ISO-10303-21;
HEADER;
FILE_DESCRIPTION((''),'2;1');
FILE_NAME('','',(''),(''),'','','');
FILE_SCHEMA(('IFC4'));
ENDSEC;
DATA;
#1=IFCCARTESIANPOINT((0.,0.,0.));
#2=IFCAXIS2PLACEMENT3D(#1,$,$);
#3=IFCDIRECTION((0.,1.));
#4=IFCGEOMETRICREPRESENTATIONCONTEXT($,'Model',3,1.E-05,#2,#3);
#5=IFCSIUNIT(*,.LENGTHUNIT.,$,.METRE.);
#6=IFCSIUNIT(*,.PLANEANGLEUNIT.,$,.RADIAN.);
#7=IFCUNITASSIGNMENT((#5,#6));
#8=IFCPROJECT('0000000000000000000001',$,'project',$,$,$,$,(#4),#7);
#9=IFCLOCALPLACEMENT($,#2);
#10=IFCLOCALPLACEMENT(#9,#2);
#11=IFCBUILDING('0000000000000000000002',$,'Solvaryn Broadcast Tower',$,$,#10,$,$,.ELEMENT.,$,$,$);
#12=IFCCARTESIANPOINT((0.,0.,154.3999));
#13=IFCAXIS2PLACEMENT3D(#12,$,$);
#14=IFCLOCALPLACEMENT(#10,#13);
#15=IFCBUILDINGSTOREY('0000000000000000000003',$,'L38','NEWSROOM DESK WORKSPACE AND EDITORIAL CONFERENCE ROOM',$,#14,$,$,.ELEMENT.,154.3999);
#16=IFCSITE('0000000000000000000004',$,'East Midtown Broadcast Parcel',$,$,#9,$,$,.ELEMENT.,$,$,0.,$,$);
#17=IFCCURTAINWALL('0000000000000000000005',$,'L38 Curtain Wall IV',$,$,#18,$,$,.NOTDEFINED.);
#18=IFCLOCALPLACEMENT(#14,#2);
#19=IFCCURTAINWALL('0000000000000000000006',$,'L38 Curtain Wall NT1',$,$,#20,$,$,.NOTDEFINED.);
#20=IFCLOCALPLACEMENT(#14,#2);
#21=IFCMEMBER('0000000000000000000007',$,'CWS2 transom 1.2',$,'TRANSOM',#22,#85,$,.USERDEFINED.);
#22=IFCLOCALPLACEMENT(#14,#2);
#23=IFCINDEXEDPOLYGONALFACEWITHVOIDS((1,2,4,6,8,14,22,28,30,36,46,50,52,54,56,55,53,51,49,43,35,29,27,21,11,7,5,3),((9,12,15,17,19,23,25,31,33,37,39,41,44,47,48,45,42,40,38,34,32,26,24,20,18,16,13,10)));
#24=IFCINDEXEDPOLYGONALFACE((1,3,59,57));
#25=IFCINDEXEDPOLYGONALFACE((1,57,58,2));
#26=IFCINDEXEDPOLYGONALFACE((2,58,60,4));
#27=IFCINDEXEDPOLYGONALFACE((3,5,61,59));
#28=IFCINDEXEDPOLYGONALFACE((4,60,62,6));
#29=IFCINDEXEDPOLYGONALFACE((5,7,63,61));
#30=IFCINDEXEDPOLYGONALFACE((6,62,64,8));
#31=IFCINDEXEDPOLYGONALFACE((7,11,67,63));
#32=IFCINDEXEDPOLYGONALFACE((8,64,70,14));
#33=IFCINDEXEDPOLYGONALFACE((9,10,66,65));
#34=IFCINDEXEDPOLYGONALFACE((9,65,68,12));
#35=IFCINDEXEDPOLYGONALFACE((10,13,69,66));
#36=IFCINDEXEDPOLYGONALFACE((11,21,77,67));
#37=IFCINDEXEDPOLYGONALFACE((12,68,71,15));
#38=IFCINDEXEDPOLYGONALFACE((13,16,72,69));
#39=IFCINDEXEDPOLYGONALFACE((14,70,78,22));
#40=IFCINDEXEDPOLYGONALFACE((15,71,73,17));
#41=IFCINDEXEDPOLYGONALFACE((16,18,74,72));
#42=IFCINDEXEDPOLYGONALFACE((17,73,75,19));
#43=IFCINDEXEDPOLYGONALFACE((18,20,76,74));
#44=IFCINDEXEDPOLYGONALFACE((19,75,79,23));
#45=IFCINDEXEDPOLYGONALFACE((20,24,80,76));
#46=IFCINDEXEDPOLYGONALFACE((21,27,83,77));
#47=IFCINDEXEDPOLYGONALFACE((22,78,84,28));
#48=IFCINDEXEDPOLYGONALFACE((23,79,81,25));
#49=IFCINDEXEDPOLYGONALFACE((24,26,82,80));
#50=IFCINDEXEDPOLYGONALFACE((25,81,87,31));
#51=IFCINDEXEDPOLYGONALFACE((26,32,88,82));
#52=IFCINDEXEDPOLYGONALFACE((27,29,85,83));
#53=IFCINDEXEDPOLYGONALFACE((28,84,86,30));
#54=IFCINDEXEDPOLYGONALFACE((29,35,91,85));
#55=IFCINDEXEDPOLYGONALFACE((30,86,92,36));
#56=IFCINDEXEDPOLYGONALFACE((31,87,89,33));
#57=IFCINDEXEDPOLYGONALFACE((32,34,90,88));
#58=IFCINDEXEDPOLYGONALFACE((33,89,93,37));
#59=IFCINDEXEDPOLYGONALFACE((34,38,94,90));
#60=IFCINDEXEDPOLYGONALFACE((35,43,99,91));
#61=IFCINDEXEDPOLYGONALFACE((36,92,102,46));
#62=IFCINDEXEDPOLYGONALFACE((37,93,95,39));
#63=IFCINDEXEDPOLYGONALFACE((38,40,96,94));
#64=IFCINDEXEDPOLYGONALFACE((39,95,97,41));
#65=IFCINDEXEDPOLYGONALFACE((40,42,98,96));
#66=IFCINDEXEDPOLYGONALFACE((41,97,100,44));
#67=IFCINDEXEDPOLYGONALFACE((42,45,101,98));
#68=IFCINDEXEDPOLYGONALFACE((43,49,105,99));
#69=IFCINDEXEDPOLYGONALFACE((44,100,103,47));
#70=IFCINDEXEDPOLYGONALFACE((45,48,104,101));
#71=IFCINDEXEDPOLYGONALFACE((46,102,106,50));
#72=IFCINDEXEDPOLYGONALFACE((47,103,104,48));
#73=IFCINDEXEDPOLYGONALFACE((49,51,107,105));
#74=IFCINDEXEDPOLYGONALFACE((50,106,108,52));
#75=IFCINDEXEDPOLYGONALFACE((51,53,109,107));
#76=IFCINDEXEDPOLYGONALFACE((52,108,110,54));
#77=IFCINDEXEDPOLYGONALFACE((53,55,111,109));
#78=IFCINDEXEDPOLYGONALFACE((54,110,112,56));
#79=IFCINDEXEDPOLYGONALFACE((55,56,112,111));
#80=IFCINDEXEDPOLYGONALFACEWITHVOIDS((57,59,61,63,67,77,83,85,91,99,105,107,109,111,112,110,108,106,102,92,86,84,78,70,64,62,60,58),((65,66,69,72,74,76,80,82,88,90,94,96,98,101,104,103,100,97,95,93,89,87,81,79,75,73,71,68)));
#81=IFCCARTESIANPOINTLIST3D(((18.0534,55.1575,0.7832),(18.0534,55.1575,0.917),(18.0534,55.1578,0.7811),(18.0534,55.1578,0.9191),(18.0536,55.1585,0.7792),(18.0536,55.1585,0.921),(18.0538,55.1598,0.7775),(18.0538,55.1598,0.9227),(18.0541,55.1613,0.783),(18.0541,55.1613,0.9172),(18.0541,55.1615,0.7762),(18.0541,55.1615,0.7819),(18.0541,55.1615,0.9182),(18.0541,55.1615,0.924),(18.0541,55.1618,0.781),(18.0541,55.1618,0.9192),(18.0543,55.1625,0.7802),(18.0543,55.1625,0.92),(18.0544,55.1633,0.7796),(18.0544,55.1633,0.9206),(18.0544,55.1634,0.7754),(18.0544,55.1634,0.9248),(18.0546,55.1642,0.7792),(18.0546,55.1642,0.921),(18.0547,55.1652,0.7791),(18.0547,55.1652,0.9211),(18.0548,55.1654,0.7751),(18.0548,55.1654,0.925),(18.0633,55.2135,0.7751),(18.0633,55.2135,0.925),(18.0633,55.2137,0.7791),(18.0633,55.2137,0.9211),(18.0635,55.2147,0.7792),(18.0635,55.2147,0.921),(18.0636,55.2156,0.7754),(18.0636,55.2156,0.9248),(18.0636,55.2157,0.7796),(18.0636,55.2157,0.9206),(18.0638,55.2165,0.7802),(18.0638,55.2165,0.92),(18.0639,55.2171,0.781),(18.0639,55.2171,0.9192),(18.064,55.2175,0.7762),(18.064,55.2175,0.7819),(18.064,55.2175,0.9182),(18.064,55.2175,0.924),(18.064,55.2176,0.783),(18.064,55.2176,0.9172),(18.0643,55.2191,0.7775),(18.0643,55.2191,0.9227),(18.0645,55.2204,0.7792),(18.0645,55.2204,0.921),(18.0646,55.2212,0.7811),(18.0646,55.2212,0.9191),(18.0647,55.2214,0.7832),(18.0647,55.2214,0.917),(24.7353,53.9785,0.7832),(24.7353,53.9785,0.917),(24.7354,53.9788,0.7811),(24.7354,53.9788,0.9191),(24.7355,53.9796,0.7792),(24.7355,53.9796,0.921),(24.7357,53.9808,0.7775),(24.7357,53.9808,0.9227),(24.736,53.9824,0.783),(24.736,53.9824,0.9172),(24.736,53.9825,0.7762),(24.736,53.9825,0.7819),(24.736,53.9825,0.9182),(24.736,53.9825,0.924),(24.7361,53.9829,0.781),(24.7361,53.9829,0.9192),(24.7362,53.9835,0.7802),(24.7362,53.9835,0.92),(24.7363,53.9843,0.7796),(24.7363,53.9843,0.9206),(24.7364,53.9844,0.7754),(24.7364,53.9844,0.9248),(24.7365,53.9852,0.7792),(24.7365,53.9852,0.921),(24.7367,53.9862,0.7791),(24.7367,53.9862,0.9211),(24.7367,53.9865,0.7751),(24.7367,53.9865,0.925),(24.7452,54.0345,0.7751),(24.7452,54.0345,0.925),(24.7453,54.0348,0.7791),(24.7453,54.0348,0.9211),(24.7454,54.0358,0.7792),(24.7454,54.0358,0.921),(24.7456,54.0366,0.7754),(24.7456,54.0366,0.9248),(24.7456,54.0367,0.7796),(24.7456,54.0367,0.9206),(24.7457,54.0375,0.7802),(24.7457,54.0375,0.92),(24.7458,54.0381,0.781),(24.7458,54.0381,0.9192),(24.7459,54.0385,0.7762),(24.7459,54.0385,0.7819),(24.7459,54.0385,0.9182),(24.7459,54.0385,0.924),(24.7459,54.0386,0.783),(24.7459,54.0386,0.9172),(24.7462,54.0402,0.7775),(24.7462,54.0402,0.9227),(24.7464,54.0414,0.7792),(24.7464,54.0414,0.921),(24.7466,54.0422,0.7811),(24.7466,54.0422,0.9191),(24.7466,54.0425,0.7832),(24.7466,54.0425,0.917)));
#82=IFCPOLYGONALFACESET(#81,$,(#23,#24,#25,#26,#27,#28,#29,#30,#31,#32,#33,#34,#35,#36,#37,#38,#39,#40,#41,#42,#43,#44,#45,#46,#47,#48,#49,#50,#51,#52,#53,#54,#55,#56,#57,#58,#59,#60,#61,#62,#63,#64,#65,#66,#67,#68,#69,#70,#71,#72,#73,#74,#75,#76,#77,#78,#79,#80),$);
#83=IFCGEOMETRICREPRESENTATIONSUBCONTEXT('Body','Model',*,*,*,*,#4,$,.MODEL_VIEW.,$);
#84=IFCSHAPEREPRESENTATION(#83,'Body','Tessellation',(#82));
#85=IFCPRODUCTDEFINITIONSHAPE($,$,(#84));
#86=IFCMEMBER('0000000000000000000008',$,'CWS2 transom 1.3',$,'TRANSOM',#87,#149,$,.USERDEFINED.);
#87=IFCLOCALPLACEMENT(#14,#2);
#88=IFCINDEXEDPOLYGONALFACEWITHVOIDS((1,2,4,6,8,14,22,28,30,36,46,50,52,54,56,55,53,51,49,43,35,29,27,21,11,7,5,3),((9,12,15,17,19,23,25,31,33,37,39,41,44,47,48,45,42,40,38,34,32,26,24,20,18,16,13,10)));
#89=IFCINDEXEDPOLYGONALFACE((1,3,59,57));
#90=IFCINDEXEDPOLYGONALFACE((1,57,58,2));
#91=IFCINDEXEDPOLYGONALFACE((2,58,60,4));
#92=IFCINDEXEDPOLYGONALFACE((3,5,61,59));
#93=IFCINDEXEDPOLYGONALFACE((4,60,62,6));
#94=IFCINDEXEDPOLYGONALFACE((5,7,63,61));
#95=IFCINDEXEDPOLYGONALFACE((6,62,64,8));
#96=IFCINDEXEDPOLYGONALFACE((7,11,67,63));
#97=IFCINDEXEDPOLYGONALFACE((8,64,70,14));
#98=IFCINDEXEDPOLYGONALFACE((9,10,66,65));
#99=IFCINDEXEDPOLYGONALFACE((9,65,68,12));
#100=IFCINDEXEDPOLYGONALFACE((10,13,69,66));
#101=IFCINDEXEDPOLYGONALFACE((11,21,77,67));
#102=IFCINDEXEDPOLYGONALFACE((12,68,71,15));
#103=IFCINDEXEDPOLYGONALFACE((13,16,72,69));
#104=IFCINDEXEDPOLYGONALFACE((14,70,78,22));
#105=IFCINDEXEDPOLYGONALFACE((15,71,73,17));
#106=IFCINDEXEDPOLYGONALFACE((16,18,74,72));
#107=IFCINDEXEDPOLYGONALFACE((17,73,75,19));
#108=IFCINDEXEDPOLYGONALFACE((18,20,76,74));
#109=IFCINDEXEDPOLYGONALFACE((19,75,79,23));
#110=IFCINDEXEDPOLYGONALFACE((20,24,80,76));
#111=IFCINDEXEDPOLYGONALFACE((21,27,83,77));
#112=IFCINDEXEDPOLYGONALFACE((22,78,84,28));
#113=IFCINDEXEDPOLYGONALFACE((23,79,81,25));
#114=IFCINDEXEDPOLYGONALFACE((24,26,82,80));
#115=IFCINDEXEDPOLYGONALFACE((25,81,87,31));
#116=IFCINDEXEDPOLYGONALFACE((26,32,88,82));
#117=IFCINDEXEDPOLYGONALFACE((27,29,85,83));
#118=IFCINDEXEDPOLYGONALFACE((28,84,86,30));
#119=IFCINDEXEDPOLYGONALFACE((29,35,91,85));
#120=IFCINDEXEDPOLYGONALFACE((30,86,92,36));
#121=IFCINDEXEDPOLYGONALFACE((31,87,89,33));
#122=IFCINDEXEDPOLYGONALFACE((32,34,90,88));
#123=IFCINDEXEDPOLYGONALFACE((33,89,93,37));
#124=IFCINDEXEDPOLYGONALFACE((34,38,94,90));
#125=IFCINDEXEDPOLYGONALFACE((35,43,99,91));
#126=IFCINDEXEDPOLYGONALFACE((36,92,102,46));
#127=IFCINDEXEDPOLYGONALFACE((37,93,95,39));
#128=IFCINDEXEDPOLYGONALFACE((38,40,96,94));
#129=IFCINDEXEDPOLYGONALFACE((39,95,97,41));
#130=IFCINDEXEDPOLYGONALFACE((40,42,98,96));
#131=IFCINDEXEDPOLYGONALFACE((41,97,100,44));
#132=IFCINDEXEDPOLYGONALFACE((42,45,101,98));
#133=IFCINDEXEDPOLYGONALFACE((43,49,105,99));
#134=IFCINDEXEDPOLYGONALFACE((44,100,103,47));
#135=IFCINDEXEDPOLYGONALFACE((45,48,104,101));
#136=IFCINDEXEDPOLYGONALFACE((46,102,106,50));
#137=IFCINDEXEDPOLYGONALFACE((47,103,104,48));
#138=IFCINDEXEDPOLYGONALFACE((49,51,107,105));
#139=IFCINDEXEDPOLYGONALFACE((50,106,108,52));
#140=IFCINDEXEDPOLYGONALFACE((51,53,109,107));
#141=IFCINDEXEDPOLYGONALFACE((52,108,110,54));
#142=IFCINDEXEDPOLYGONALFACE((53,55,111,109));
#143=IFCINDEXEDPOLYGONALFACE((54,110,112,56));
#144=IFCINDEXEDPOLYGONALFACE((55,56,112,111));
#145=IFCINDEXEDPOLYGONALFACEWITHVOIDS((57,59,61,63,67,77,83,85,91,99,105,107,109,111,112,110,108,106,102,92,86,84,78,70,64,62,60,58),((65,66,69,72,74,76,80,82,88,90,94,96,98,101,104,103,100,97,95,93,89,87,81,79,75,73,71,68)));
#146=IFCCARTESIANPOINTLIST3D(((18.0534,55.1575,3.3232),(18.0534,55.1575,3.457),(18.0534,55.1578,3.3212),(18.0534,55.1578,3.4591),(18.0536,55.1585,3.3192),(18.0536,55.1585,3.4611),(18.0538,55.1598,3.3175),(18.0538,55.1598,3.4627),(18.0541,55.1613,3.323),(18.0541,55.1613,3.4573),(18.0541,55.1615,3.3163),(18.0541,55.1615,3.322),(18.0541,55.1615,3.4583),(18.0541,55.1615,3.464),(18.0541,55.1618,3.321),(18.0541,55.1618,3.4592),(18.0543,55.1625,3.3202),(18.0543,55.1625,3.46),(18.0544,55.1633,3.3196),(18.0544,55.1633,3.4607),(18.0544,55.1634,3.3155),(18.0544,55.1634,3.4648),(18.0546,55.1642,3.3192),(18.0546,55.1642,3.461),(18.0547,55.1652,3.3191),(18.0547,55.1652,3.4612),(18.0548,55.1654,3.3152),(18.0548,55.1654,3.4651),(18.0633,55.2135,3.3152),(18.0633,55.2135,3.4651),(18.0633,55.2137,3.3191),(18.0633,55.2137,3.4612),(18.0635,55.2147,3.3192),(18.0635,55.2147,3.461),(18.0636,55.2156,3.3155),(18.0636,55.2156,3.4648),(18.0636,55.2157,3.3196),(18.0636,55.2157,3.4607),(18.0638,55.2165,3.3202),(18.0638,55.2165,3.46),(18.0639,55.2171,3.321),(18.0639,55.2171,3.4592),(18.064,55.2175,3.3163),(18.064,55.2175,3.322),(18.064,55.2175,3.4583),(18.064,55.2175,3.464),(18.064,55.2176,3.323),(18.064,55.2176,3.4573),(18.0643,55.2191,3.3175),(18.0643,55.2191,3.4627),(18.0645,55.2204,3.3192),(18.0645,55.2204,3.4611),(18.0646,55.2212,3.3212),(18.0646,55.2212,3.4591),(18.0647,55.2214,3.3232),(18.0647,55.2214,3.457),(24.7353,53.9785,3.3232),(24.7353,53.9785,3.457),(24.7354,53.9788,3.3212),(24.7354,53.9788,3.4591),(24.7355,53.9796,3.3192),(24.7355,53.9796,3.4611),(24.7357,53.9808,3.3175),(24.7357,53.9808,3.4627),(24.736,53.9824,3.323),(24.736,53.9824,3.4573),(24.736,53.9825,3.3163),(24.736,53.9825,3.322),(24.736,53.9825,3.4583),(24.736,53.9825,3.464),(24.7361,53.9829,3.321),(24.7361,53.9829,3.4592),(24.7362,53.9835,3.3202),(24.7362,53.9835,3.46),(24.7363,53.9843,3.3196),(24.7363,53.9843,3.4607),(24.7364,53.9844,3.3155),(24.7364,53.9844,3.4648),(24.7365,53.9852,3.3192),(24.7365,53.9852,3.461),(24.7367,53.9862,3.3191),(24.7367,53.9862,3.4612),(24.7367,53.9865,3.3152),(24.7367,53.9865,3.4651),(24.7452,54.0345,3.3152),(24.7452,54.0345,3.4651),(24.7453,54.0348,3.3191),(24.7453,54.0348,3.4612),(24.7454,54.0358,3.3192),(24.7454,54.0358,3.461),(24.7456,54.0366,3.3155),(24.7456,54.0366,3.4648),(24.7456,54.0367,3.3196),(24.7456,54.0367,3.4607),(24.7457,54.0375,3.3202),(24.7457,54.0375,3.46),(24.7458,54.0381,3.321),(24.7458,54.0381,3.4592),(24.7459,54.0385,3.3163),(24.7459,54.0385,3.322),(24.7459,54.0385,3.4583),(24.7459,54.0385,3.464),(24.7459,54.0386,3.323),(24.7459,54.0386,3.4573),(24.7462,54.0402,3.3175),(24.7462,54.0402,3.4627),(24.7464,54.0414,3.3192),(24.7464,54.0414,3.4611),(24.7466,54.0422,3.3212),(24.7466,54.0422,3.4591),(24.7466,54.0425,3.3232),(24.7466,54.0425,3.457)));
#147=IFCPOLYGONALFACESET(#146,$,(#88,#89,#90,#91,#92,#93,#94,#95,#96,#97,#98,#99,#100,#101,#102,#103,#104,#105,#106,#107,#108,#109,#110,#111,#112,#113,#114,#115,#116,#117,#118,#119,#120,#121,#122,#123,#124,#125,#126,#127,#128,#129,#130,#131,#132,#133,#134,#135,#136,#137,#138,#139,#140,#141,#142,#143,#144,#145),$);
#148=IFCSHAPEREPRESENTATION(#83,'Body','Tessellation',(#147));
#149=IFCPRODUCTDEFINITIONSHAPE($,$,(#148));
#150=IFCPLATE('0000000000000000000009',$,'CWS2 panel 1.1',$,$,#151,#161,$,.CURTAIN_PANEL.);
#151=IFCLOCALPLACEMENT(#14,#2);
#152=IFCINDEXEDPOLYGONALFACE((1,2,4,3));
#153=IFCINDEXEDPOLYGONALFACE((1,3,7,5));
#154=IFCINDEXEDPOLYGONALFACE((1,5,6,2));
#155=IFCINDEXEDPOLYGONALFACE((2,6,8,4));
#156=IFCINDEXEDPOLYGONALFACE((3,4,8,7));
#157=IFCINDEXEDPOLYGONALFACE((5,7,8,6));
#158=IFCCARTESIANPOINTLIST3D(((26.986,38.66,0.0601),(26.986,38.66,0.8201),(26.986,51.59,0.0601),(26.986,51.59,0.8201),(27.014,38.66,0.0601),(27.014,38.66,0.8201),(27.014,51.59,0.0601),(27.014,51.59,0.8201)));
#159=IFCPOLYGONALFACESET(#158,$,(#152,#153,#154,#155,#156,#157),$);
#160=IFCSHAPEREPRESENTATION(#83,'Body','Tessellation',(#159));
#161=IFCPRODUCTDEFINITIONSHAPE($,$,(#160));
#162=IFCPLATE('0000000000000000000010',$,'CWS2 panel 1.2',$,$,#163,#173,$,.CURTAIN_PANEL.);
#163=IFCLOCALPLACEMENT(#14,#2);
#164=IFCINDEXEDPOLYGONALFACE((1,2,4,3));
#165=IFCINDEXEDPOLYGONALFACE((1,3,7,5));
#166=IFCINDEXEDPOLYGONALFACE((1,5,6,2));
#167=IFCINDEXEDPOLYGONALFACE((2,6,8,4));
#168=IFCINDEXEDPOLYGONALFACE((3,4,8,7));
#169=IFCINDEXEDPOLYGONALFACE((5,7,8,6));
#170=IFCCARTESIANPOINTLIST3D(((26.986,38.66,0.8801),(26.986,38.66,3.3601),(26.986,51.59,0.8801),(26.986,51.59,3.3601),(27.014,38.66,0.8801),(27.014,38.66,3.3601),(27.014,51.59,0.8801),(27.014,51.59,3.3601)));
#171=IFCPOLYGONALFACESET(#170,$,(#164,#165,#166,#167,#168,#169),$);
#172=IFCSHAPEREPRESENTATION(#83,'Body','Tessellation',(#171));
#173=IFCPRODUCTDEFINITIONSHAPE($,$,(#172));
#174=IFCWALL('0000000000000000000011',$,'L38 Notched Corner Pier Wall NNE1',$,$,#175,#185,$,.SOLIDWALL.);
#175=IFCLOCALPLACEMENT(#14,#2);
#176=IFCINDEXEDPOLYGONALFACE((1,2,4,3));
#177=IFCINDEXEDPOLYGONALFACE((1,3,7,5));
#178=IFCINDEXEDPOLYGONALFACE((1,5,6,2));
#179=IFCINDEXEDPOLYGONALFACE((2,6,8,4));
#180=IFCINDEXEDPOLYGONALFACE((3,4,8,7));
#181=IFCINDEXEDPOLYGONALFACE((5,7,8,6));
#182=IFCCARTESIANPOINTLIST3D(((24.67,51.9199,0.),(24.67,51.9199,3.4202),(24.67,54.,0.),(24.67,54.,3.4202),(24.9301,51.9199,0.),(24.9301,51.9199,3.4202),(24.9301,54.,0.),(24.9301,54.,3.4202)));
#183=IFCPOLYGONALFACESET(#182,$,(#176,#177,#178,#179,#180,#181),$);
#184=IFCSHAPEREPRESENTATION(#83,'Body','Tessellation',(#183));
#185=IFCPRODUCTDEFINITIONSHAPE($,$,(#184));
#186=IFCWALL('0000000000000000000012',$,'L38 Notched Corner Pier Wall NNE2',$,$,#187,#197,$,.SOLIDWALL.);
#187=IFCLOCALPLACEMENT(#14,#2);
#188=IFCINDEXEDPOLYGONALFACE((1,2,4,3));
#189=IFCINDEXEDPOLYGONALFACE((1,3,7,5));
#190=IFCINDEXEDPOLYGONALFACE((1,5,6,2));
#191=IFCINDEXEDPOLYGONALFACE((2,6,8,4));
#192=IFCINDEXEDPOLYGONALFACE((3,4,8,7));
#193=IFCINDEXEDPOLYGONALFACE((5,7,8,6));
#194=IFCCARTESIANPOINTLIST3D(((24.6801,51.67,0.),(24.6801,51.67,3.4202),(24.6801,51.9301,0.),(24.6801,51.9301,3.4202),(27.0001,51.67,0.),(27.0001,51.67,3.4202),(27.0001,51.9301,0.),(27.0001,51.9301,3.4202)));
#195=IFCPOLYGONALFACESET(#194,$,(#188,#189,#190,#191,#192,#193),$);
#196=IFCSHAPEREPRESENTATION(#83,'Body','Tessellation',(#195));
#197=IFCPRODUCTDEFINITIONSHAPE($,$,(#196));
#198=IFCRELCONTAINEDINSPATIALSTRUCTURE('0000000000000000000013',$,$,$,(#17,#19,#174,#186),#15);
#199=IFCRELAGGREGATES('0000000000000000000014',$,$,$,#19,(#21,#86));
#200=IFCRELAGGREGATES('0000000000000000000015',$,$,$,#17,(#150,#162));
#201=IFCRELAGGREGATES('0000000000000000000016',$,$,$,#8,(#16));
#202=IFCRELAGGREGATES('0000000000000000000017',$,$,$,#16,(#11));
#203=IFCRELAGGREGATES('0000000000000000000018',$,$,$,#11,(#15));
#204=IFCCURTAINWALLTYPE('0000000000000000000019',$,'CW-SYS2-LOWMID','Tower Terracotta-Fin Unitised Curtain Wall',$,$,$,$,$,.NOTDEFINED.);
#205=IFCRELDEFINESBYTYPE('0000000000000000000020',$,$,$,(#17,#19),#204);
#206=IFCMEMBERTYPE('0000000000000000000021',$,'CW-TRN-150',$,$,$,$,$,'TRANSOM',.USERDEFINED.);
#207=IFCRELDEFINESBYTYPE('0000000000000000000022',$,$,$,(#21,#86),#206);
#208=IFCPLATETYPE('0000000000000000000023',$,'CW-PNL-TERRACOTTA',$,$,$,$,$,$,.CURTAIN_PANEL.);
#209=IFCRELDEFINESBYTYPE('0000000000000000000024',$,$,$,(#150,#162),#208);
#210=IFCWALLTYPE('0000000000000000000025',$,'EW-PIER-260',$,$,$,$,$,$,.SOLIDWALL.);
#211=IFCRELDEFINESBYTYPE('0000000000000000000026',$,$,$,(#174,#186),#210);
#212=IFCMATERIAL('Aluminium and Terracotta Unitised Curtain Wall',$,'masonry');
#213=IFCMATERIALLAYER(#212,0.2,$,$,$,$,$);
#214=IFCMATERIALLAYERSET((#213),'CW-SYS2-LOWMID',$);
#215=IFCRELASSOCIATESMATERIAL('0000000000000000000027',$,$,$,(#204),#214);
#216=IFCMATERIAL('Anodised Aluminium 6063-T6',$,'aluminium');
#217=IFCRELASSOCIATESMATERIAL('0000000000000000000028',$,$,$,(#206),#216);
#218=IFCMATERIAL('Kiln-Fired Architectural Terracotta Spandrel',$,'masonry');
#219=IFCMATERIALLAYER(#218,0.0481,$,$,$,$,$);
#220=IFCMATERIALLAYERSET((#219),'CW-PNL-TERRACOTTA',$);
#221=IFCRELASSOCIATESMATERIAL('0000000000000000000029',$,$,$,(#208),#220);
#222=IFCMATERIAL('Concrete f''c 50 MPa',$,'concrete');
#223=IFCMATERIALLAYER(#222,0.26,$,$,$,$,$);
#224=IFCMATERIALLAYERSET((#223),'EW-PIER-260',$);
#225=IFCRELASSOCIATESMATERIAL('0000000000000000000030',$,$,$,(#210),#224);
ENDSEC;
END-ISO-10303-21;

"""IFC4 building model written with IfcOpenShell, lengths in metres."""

from ifc_helpers import new_model, si_unit, direction, frame, frame_2d, origin, origin_2d, place, context, subcontext, project, spatial, rectangle, hollow_rectangle, extrude, material, layer, layer_set, material_profile, profile_set, type_object, element, aggregate, save


model = new_model("IFC4")

# Units and contexts
model_context = context("Model", 3, precision=1e-05, world=origin(), true_north=direction((0.0, 1.0)))
body_context = subcontext(model_context, "Body", "Model", "MODEL_VIEW")
ifc_project = project(units=[si_unit("LENGTHUNIT", "METRE"), si_unit("PLANEANGLEUNIT", "RADIAN")], contexts=[model_context])

# Site, building, storey
site_placement = place(None, origin())
site = spatial("IfcSite", under=ifc_project, at=site_placement, Name="East Midtown Broadcast Parcel", CompositionType="ELEMENT", RefElevation=0.0)
building_placement = place(site_placement, origin())
building = spatial("IfcBuilding", under=site, at=building_placement, Name="Solvaryn Broadcast Tower", CompositionType="ELEMENT")
storey_placement = place(building_placement, frame((0.0, 0.0, 154.3999)))
storey = spatial("IfcBuildingStorey", under=building, at=storey_placement, Name="L38", Description="NEWSROOM DESK WORKSPACE AND EDITORIAL CONFERENCE ROOM", CompositionType="ELEMENT", Elevation=154.3999)

# Curtain wall
ifc_material_1 = material(Name="Aluminium and Terracotta Unitised Curtain Wall", Category="masonry")
ifc_layer_1 = layer(ifc_material_1, 0.2)
ifc_layer_set_1 = layer_set([ifc_layer_1], Name="CW-SYS2-LOWMID")
curtain_wall_type = type_object("IfcCurtainWallType", Name="CW-SYS2-LOWMID", Description="Tower Terracotta-Fin Unitised Curtain Wall", PredefinedType="NOTDEFINED", material=ifc_layer_set_1)
curtain_wall_1_placement = place(storey_placement, origin())
curtain_wall_1 = element("IfcCurtainWall", 1, at=curtain_wall_1_placement, inside=storey, type_object=curtain_wall_type, Name="L38 Curtain Wall IV", PredefinedType="NOTDEFINED")

# Curtain wall
curtain_wall_2_placement = place(storey_placement, origin())
curtain_wall_2 = element("IfcCurtainWall", 2, at=curtain_wall_2_placement, inside=storey, type_object=curtain_wall_type, Name="L38 Curtain Wall NT1", PredefinedType="NOTDEFINED")

# Members
ifc_material_2 = material(Name="Anodised Aluminium 6063-T6", Category="aluminium")
ifc_material_profile_1 = material_profile(ifc_material_2, hollow_rectangle(XDim=0.0649, YDim=0.1499, WallThickness=0.0039, InnerFilletRadius=0.0039, OuterFilletRadius=0.0081, at=origin_2d()))
ifc_profile_set_1 = profile_set([ifc_material_profile_1], Name="Anodised Aluminium 6063-T6")
member_type_1 = type_object("IfcMemberType", Name="CW-TRN-150", ElementType="TRANSOM", PredefinedType="USERDEFINED", material=ifc_profile_set_1)
member_1_placement = place(storey_placement, frame((24.741, 54.0105, 0.8501), z_axis=(-0.984789, 0.173757, 0.0), x_axis=(-0.173757, -0.984789, 0.0)))
member_1 = element("IfcMember", 3, at=member_1_placement, type_object=member_type_1, Name="CWS2 transom 1.2", ObjectType="TRANSOM", PredefinedType="USERDEFINED", context=body_context, shape_type="SweptSolid", body=[
    extrude(hollow_rectangle(XDim=0.0649, YDim=0.1499, WallThickness=0.0039, InnerFilletRadius=0.0039, OuterFilletRadius=0.0081, at=origin_2d()), origin(), (0.0, 0.0, 1.0), 6.7852),
])
member_2_placement = place(storey_placement, frame((24.741, 54.0105, 3.3901), z_axis=(-0.984789, 0.173757, 0.0), x_axis=(-0.173757, -0.984789, 0.0)))
member_2 = element("IfcMember", 4, at=member_2_placement, type_object=member_type_1, Name="CWS2 transom 1.3", ObjectType="TRANSOM", PredefinedType="USERDEFINED", context=body_context, shape_type="SweptSolid", body=[
    extrude(hollow_rectangle(XDim=0.0649, YDim=0.1499, WallThickness=0.0039, InnerFilletRadius=0.0039, OuterFilletRadius=0.0081, at=origin_2d()), origin(), (0.0, 0.0, 1.0), 6.7852),
])
aggregate(curtain_wall_2, [member_1, member_2])

# Plates
ifc_material_3 = material(Name="Kiln-Fired Architectural Terracotta Spandrel", Category="masonry")
ifc_layer_2 = layer(ifc_material_3, 0.0481)
ifc_layer_set_2 = layer_set([ifc_layer_2], Name="CW-PNL-TERRACOTTA")
plate_type = type_object("IfcPlateType", Name="CW-PNL-TERRACOTTA", PredefinedType="CURTAIN_PANEL", material=ifc_layer_set_2)
plate_1_placement = place(storey_placement, frame((27.0, 45.125, 0.0601), z_axis=(0.0, 0.0, 1.0), x_axis=(0.0, -1.0, 0.0)))
plate_1 = element("IfcPlate", 5, at=plate_1_placement, type_object=plate_type, Name="CWS2 panel 1.1", PredefinedType="CURTAIN_PANEL", context=body_context, shape_type="SweptSolid", body=[
    extrude(rectangle(XDim=12.9299, YDim=0.0281, at=origin_2d()), origin(), (0.0, 0.0, 1.0), 0.76),
])
plate_2_placement = place(storey_placement, frame((27.0, 45.125, 0.8801), z_axis=(0.0, 0.0, 1.0), x_axis=(0.0, -1.0, 0.0)))
plate_2 = element("IfcPlate", 6, at=plate_2_placement, type_object=plate_type, Name="CWS2 panel 1.2", PredefinedType="CURTAIN_PANEL", context=body_context, shape_type="SweptSolid", body=[
    extrude(rectangle(XDim=12.9299, YDim=0.0281, at=origin_2d()), origin(), (0.0, 0.0, 1.0), 2.48),
])
aggregate(curtain_wall_1, [plate_1, plate_2])

# Walls
ifc_material_4 = material(Name="Concrete f'c 50 MPa", Category="concrete")
ifc_layer_3 = layer(ifc_material_4, 0.26)
ifc_layer_set_3 = layer_set([ifc_layer_3], Name="EW-PIER-260")
wall_type_1 = type_object("IfcWallType", Name="EW-PIER-260", PredefinedType="SOLIDWALL", material=ifc_layer_set_3)
wall_1_placement = place(storey_placement, frame((24.8, 54.0, 0.0), z_axis=(0.0, 0.0, 1.0), x_axis=(0.0, -1.0, 0.0)))
element("IfcWall", 7, at=wall_1_placement, inside=storey, type_object=wall_type_1, Name="L38 Notched Corner Pier Wall NNE1", PredefinedType="SOLIDWALL", context=body_context, shape_type="SweptSolid", body=[
    extrude(rectangle(XDim=2.0801, YDim=0.26, at=frame_2d((1.04, 0.0))), origin(), (0.0, 0.0, 1.0), 3.4202),
])
wall_2_placement = place(storey_placement, frame((24.6799, 51.8, 0.0), z_axis=(0.0, 0.0, 1.0), x_axis=(1.0, 0.0, 0.0)))
element("IfcWall", 8, at=wall_2_placement, inside=storey, type_object=wall_type_1, Name="L38 Notched Corner Pier Wall NNE2", PredefinedType="SOLIDWALL", context=body_context, shape_type="SweptSolid", body=[
    extrude(rectangle(XDim=2.3201, YDim=0.26, at=frame_2d((1.1602, 0.0))), origin(), (0.0, 0.0, 1.0), 3.4202),
])

save(model, "model.ifc")
